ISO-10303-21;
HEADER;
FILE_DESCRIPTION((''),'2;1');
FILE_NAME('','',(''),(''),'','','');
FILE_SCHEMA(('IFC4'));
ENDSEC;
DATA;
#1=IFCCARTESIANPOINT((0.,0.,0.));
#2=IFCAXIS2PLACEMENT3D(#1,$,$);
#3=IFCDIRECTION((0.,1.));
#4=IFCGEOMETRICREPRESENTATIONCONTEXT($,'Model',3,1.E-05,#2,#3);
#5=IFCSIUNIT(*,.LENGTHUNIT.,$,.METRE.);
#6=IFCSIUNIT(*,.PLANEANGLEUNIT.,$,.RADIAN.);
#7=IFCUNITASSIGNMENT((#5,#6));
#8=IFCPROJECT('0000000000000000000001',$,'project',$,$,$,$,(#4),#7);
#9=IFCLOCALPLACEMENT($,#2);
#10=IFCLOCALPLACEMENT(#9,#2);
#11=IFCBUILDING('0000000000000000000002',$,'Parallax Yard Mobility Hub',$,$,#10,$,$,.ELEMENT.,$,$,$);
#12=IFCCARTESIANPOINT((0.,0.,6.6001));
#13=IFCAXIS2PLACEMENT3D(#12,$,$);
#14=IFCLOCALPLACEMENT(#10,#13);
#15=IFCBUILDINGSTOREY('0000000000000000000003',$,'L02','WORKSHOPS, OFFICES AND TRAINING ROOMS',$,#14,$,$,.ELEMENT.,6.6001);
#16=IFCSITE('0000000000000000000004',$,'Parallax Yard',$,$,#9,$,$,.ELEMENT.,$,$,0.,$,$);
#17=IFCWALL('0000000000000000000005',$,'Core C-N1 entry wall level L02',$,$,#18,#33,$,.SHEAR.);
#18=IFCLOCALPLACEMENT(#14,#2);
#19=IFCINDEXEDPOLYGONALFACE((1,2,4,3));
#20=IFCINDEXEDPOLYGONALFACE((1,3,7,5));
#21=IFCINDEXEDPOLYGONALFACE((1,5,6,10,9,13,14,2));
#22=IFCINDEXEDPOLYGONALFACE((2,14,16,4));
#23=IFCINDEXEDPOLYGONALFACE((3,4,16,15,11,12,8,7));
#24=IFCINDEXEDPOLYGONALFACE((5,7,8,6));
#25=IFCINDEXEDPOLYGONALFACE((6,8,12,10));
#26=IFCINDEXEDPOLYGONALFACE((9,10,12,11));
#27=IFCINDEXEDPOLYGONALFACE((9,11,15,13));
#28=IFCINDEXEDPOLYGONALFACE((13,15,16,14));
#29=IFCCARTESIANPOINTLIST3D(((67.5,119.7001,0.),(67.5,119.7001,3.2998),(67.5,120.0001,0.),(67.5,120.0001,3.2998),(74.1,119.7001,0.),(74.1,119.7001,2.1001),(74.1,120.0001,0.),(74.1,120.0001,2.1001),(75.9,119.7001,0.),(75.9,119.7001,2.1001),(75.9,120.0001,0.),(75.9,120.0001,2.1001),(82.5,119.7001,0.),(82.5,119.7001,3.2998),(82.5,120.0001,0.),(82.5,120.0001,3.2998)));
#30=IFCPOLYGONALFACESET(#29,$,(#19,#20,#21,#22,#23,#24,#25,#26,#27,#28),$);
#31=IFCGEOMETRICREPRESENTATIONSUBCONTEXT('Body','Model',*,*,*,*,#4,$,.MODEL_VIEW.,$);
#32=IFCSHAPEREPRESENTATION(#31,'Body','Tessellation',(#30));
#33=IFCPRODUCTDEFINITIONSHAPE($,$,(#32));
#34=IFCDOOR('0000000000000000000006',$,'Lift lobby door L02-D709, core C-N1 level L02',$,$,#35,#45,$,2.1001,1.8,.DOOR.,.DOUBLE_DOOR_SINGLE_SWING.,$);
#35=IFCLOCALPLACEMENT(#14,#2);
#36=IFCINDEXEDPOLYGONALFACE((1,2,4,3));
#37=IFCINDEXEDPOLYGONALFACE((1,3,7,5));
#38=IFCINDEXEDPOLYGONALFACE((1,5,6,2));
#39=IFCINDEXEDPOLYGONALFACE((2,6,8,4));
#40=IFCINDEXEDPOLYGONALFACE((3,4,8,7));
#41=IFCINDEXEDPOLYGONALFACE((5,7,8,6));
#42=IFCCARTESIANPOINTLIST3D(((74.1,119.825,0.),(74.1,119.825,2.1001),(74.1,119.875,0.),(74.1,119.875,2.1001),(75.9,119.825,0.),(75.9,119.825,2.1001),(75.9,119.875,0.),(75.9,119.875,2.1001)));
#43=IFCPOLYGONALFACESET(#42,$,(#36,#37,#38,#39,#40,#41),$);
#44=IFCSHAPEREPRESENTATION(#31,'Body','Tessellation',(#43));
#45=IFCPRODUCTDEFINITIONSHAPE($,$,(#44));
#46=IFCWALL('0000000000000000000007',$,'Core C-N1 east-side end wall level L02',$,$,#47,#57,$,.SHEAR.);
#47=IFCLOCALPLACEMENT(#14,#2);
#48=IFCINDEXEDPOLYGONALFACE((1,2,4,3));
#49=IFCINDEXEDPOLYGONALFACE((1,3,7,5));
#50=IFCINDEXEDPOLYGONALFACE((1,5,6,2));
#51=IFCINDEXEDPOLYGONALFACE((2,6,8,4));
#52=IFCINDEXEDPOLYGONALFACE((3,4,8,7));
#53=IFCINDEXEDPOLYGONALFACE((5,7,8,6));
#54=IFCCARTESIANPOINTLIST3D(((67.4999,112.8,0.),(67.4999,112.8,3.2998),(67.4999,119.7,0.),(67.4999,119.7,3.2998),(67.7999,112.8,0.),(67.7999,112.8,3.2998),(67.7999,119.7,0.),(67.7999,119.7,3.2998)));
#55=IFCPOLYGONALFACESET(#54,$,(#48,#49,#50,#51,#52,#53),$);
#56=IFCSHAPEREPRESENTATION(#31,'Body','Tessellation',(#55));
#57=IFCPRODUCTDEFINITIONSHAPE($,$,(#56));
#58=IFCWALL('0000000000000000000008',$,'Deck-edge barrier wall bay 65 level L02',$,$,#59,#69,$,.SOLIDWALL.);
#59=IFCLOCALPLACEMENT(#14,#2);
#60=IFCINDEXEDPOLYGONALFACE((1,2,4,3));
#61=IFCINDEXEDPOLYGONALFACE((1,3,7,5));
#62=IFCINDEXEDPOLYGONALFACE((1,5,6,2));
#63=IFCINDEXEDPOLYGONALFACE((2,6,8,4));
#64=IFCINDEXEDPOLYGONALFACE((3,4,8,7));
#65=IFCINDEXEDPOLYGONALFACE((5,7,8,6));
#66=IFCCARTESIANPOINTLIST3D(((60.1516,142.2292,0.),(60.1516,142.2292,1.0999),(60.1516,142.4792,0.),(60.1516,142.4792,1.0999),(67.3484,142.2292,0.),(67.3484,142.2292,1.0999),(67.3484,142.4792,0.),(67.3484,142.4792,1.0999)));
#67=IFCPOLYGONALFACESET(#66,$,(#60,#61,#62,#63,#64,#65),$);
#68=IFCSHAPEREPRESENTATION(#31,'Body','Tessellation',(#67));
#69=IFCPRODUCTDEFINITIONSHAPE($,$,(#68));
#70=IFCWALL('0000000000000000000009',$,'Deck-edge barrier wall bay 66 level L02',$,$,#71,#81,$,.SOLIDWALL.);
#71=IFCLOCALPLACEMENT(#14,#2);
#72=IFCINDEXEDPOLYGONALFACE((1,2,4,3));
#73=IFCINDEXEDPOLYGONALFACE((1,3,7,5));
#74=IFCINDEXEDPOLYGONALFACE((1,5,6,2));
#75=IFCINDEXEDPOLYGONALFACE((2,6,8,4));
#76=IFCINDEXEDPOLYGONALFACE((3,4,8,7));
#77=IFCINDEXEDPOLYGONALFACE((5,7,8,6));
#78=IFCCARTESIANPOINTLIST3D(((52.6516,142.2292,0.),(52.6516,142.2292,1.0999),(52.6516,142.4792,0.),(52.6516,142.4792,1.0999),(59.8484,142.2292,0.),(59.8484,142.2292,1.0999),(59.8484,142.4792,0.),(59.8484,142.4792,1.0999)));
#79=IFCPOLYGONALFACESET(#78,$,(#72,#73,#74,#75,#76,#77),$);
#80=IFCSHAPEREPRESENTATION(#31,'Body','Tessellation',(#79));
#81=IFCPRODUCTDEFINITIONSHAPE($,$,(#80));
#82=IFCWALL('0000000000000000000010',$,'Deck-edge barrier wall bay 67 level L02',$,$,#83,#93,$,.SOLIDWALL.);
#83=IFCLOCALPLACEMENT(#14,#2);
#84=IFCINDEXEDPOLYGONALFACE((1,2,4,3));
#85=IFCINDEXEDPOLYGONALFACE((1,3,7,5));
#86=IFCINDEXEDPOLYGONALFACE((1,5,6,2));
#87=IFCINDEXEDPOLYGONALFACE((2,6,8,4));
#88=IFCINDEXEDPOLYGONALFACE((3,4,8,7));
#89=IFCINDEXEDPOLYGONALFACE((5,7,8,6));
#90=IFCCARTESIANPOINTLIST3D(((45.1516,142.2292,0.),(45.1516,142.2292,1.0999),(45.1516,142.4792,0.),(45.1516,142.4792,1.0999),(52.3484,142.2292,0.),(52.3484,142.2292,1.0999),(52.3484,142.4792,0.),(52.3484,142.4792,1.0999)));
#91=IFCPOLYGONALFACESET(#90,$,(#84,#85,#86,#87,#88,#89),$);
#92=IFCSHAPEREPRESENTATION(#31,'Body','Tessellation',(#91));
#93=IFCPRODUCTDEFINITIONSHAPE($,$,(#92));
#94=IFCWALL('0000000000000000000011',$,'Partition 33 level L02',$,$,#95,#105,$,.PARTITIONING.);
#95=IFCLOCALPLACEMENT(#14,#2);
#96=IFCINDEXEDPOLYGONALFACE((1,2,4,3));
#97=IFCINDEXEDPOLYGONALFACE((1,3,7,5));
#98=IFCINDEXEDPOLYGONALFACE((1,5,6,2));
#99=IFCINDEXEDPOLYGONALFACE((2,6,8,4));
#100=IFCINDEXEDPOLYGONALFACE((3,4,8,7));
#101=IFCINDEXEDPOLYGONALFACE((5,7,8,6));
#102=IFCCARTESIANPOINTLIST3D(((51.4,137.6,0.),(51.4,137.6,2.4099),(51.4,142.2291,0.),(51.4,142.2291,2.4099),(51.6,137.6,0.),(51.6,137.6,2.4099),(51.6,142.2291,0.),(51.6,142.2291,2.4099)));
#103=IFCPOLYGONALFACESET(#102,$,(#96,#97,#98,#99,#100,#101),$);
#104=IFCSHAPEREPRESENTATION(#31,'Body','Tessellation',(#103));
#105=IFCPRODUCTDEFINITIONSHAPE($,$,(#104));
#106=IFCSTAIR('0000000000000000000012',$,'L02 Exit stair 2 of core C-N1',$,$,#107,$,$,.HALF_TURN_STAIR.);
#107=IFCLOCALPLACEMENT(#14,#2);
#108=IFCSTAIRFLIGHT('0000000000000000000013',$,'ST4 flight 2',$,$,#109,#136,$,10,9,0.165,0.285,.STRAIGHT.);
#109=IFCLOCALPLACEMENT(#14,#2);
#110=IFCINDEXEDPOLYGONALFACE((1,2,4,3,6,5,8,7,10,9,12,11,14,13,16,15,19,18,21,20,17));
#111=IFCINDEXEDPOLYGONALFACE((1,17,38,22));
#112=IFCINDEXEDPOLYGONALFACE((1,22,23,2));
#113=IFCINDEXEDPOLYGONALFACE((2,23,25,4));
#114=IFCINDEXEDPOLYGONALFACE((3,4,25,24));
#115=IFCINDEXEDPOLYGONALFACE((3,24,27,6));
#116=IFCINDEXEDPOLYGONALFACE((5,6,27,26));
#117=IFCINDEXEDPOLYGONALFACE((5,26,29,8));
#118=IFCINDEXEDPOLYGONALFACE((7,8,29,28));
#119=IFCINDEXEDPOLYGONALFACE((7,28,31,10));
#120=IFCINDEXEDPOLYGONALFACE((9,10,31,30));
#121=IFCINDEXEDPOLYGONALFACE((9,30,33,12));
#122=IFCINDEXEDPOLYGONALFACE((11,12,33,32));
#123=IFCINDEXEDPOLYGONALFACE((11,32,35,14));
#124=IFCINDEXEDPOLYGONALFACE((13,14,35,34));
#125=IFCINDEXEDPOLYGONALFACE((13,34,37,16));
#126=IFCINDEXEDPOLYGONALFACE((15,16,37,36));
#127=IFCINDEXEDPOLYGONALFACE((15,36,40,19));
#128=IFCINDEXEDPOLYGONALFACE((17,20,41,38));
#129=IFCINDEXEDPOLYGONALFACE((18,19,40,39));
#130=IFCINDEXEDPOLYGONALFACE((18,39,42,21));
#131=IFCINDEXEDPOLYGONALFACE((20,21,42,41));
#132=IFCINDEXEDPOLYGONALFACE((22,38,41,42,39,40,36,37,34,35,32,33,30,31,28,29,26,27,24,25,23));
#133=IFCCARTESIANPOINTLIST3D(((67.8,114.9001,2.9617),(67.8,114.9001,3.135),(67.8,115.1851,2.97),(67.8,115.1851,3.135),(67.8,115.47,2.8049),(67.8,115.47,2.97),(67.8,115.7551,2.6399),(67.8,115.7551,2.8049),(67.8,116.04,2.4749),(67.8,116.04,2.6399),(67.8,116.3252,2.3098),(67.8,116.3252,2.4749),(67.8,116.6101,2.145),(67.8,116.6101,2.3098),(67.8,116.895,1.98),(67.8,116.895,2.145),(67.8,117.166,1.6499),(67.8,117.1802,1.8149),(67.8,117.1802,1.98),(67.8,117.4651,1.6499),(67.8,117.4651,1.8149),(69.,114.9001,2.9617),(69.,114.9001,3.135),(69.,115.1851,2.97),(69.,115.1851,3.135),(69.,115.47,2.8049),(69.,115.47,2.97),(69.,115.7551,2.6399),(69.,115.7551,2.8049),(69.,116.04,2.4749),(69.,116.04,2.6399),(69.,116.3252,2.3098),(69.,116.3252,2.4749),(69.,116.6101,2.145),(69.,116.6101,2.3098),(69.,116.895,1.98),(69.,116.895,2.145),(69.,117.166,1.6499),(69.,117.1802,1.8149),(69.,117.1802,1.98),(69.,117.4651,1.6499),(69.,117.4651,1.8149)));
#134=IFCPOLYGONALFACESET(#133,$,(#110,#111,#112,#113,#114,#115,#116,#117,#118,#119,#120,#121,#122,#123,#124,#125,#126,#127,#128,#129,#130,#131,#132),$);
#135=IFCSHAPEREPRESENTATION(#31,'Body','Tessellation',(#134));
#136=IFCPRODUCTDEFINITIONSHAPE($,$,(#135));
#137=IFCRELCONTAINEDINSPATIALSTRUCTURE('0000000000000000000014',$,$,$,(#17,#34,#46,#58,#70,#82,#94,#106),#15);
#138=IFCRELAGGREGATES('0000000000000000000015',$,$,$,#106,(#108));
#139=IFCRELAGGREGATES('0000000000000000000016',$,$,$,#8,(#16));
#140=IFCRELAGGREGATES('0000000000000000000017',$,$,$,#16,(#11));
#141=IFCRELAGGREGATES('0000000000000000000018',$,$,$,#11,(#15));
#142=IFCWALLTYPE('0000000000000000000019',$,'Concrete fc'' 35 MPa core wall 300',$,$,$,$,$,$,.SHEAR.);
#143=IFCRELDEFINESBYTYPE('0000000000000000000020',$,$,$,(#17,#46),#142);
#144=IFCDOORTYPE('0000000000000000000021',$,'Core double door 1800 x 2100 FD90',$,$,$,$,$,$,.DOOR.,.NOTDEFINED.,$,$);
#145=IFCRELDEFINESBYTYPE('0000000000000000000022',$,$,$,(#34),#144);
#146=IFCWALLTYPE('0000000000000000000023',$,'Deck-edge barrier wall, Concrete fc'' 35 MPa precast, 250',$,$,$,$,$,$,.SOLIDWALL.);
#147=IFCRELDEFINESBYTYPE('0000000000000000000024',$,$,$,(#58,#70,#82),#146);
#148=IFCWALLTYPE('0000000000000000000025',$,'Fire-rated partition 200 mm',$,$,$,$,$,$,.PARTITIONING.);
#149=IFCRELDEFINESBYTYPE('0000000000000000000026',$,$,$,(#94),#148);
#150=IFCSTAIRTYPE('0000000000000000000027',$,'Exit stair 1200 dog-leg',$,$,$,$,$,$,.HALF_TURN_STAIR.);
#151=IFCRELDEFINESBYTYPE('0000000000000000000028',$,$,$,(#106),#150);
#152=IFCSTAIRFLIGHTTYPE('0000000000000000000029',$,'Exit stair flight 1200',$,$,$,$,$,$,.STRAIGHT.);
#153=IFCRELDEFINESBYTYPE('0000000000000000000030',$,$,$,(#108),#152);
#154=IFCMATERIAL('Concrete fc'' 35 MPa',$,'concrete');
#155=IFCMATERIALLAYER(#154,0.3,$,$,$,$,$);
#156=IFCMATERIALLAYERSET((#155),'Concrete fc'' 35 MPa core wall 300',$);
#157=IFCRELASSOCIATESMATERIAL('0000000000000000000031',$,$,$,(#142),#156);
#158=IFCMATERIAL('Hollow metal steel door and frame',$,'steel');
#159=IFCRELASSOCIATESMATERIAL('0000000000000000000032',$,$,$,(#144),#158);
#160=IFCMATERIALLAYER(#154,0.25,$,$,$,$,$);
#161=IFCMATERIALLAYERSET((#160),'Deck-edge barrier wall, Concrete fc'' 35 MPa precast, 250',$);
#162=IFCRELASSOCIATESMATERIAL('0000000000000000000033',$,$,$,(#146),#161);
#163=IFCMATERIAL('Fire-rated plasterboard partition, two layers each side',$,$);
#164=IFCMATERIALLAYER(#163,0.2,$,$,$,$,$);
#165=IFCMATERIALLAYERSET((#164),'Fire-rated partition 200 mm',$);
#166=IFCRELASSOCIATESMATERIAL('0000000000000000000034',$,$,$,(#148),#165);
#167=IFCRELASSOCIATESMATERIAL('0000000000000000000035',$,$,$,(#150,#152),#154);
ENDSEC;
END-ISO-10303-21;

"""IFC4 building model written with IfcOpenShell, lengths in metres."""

from ifc_helpers import new_model, si_unit, direction, frame, frame_2d, origin, place, context, subcontext, project, spatial, polyline, rectangle, outline, extrude, material, layer, layer_set, type_object, element, fill, aggregate, save


model = new_model("IFC4")

# Units and contexts
model_context = context("Model", 3, precision=1e-05, world=origin(), true_north=direction((0.0, 1.0)))
body_context = subcontext(model_context, "Body", "Model", "MODEL_VIEW")
ifc_project = project(units=[si_unit("LENGTHUNIT", "METRE"), si_unit("PLANEANGLEUNIT", "RADIAN")], contexts=[model_context])

# Site, building, storey
site_placement = place(None, origin())
site = spatial("IfcSite", under=ifc_project, at=site_placement, Name="Parallax Yard", CompositionType="ELEMENT", RefElevation=0.0)
building_placement = place(site_placement, origin())
building = spatial("IfcBuilding", under=site, at=building_placement, Name="Parallax Yard Mobility Hub", CompositionType="ELEMENT")
storey_placement = place(building_placement, frame((0.0, 0.0, 6.6001)))
storey = spatial("IfcBuildingStorey", under=building, at=storey_placement, Name="L02", Description="WORKSHOPS, OFFICES AND TRAINING ROOMS", CompositionType="ELEMENT", Elevation=6.6001)

# Wall, opening, door
ifc_material_1 = material(Name="Concrete fc' 35 MPa", Category="concrete")
ifc_layer_1 = layer(ifc_material_1, 0.3)
ifc_layer_set_1 = layer_set([ifc_layer_1], Name="Concrete fc' 35 MPa core wall 300")
wall_type_1 = type_object("IfcWallType", Name="Concrete fc' 35 MPa core wall 300", PredefinedType="SHEAR", material=ifc_layer_set_1)
wall_1_placement = place(storey_placement, frame((67.5, 119.8501, 0.0), z_axis=(0.0, 0.0, 1.0), x_axis=(1.0, 0.0, 0.0)))
wall_1 = element("IfcWall", 1, at=wall_1_placement, inside=storey, type_object=wall_type_1, Name="Core C-N1 entry wall level L02", PredefinedType="SHEAR", context=body_context, shape_type="SweptSolid", body=[
    extrude(rectangle(XDim=15.0, YDim=0.3, at=frame_2d((7.5, 0.0))), origin(), (0.0, 0.0, 1.0), 3.2998),
])
opening_placement = place(wall_1_placement, frame((6.6001, 0.0, 0.0)))
opening = element("IfcOpeningElement", 2, at=opening_placement, cuts=wall_1, PredefinedType="OPENING", context=body_context, shape_type="SweptSolid", body=[
    extrude(rectangle(XDim=1.8, YDim=2.1001, at=frame_2d((0.8999, 1.05))), frame((0.0, 0.1602, 0.0), z_axis=(0.0, -1.0, 0.0), x_axis=(1.0, 0.0, 0.0)), (0.0, 0.0, 1.0), 0.3201),
])
ifc_material_2 = material(Name="Hollow metal steel door and frame", Category="steel")
door_type = type_object("IfcDoorType", Name="Core double door 1800 x 2100 FD90", OperationType="NOTDEFINED", PredefinedType="DOOR", material=ifc_material_2)
door_placement = place(opening_placement, origin())
door = element("IfcDoor", 3, at=door_placement, inside=storey, type_object=door_type, Name="Lift lobby door L02-D709, core C-N1 level L02", OperationType="DOUBLE_DOOR_SINGLE_SWING", OverallHeight=2.1001, OverallWidth=1.8, PredefinedType="DOOR", context=body_context, shape_type="SweptSolid", body=[
    extrude(rectangle(XDim=1.8, YDim=2.1001, at=frame_2d((0.8999, 1.05))), frame((0.0, 0.0249, 0.0), z_axis=(0.0, -1.0, 0.0), x_axis=(1.0, 0.0, 0.0)), (0.0, 0.0, 1.0), 0.05),
])
fill(opening, door)

# Walls
wall_2_placement = place(storey_placement, frame((67.6499, 119.7, 0.0), z_axis=(0.0, 0.0, 1.0), x_axis=(0.0, -1.0, 0.0)))
element("IfcWall", 4, at=wall_2_placement, inside=storey, type_object=wall_type_1, Name="Core C-N1 east-side end wall level L02", PredefinedType="SHEAR", context=body_context, shape_type="SweptSolid", body=[
    extrude(rectangle(XDim=6.8999, YDim=0.3, at=frame_2d((3.45, 0.0))), origin(), (0.0, 0.0, 1.0), 3.2998),
])
ifc_layer_2 = layer(ifc_material_1, 0.25)
ifc_layer_set_2 = layer_set([ifc_layer_2], Name="Deck-edge barrier wall, Concrete fc' 35 MPa precast, 250")
wall_type_2 = type_object("IfcWallType", Name="Deck-edge barrier wall, Concrete fc' 35 MPa precast, 250", PredefinedType="SOLIDWALL", material=ifc_layer_set_2)
for number, where, z_axis, x_axis, name in (
    (5, (67.3484, 142.3542, 0.0), (0.0, 0.0, 1.0), (-1.0, 0.0, 0.0), "Deck-edge barrier wall bay 65 level L02"),
    (6, (59.8484, 142.3542, 0.0), (0.0, 0.0, 1.0), (-1.0, 0.0, 0.0), "Deck-edge barrier wall bay 66 level L02"),
    (7, (52.3484, 142.3542, 0.0), (0.0, 0.0, 1.0), (-1.0, 0.0, 0.0), "Deck-edge barrier wall bay 67 level L02"),
):
    element("IfcWall", number, at=place(storey_placement, frame(where, z_axis=z_axis, x_axis=x_axis)), inside=storey, type_object=wall_type_2, Name=name, PredefinedType="SOLIDWALL", context=body_context, shape_type="SweptSolid", body=[
        extrude(rectangle(XDim=7.1968, YDim=0.25, at=frame_2d((3.5984, 0.0))), origin(), (0.0, 0.0, 1.0), 1.0999),
    ])
ifc_material_3 = material(Name="Fire-rated plasterboard partition, two layers each side")
ifc_layer_3 = layer(ifc_material_3, 0.2)
ifc_layer_set_3 = layer_set([ifc_layer_3], Name="Fire-rated partition 200 mm")
wall_type_3 = type_object("IfcWallType", Name="Fire-rated partition 200 mm", PredefinedType="PARTITIONING", material=ifc_layer_set_3)
wall_3_placement = place(storey_placement, frame((51.5, 137.6001, 0.0), z_axis=(0.0, 0.0, 1.0), x_axis=(0.0, 1.0, 0.0)))
element("IfcWall", 8, at=wall_3_placement, inside=storey, type_object=wall_type_3, Name="Partition 33 level L02", PredefinedType="PARTITIONING", context=body_context, shape_type="SweptSolid", body=[
    extrude(rectangle(XDim=4.6292, YDim=0.2, at=frame_2d((2.3145, 0.0))), origin(), (0.0, 0.0, 1.0), 2.4099),
])

# Stair, stair flight
stair_type = type_object("IfcStairType", Name="Exit stair 1200 dog-leg", PredefinedType="HALF_TURN_STAIR", material=ifc_material_1)
stair_placement = place(storey_placement, origin())
stair = element("IfcStair", 9, at=stair_placement, inside=storey, type_object=stair_type, Name="L02 Exit stair 2 of core C-N1", PredefinedType="HALF_TURN_STAIR")
stair_flight_type = type_object("IfcStairFlightType", Name="Exit stair flight 1200", PredefinedType="STRAIGHT", material=ifc_material_1)
stair_flight_placement = place(storey_placement, frame((68.3999, 117.4651, 1.6499), z_axis=(0.0, 0.0, 1.0), x_axis=(0.0, -1.0, 0.0)))
stair_flight = element("IfcStairFlight", 10, at=stair_flight_placement, type_object=stair_flight_type, Name="ST4 flight 2", NumberOfRisers=10, NumberOfTreads=9, PredefinedType="STRAIGHT", RiserHeight=0.165, TreadLength=0.285, context=body_context, shape_type="SweptSolid", body=[
    extrude(outline(polyline([(0.0, 0.0), (0.0, 0.165), (0.2849, 0.165), (0.2849, 0.3301), (0.5701, 0.3301), (0.5701, 0.4951), (0.855, 0.4951), (0.855, 0.6599), (1.1399, 0.6599), (1.1399, 0.825), (1.425, 0.825), (1.425, 0.99), (1.71, 0.99), (1.71, 1.155), (1.9951, 1.155), (1.9951, 1.3201), (2.28, 1.3201), (2.28, 1.4851), (2.5649, 1.4851), (2.5649, 1.6499), (2.5649, 1.3118), (0.2991, 0.0), (0.0, 0.0)])), frame((0.0, 0.6001, 0.0), z_axis=(0.0, -1.0, 0.0), x_axis=(1.0, 0.0, 0.0)), (0.0, 0.0, 1.0), 1.2),
])
aggregate(stair, [stair_flight])

save(model, "model.ifc")
